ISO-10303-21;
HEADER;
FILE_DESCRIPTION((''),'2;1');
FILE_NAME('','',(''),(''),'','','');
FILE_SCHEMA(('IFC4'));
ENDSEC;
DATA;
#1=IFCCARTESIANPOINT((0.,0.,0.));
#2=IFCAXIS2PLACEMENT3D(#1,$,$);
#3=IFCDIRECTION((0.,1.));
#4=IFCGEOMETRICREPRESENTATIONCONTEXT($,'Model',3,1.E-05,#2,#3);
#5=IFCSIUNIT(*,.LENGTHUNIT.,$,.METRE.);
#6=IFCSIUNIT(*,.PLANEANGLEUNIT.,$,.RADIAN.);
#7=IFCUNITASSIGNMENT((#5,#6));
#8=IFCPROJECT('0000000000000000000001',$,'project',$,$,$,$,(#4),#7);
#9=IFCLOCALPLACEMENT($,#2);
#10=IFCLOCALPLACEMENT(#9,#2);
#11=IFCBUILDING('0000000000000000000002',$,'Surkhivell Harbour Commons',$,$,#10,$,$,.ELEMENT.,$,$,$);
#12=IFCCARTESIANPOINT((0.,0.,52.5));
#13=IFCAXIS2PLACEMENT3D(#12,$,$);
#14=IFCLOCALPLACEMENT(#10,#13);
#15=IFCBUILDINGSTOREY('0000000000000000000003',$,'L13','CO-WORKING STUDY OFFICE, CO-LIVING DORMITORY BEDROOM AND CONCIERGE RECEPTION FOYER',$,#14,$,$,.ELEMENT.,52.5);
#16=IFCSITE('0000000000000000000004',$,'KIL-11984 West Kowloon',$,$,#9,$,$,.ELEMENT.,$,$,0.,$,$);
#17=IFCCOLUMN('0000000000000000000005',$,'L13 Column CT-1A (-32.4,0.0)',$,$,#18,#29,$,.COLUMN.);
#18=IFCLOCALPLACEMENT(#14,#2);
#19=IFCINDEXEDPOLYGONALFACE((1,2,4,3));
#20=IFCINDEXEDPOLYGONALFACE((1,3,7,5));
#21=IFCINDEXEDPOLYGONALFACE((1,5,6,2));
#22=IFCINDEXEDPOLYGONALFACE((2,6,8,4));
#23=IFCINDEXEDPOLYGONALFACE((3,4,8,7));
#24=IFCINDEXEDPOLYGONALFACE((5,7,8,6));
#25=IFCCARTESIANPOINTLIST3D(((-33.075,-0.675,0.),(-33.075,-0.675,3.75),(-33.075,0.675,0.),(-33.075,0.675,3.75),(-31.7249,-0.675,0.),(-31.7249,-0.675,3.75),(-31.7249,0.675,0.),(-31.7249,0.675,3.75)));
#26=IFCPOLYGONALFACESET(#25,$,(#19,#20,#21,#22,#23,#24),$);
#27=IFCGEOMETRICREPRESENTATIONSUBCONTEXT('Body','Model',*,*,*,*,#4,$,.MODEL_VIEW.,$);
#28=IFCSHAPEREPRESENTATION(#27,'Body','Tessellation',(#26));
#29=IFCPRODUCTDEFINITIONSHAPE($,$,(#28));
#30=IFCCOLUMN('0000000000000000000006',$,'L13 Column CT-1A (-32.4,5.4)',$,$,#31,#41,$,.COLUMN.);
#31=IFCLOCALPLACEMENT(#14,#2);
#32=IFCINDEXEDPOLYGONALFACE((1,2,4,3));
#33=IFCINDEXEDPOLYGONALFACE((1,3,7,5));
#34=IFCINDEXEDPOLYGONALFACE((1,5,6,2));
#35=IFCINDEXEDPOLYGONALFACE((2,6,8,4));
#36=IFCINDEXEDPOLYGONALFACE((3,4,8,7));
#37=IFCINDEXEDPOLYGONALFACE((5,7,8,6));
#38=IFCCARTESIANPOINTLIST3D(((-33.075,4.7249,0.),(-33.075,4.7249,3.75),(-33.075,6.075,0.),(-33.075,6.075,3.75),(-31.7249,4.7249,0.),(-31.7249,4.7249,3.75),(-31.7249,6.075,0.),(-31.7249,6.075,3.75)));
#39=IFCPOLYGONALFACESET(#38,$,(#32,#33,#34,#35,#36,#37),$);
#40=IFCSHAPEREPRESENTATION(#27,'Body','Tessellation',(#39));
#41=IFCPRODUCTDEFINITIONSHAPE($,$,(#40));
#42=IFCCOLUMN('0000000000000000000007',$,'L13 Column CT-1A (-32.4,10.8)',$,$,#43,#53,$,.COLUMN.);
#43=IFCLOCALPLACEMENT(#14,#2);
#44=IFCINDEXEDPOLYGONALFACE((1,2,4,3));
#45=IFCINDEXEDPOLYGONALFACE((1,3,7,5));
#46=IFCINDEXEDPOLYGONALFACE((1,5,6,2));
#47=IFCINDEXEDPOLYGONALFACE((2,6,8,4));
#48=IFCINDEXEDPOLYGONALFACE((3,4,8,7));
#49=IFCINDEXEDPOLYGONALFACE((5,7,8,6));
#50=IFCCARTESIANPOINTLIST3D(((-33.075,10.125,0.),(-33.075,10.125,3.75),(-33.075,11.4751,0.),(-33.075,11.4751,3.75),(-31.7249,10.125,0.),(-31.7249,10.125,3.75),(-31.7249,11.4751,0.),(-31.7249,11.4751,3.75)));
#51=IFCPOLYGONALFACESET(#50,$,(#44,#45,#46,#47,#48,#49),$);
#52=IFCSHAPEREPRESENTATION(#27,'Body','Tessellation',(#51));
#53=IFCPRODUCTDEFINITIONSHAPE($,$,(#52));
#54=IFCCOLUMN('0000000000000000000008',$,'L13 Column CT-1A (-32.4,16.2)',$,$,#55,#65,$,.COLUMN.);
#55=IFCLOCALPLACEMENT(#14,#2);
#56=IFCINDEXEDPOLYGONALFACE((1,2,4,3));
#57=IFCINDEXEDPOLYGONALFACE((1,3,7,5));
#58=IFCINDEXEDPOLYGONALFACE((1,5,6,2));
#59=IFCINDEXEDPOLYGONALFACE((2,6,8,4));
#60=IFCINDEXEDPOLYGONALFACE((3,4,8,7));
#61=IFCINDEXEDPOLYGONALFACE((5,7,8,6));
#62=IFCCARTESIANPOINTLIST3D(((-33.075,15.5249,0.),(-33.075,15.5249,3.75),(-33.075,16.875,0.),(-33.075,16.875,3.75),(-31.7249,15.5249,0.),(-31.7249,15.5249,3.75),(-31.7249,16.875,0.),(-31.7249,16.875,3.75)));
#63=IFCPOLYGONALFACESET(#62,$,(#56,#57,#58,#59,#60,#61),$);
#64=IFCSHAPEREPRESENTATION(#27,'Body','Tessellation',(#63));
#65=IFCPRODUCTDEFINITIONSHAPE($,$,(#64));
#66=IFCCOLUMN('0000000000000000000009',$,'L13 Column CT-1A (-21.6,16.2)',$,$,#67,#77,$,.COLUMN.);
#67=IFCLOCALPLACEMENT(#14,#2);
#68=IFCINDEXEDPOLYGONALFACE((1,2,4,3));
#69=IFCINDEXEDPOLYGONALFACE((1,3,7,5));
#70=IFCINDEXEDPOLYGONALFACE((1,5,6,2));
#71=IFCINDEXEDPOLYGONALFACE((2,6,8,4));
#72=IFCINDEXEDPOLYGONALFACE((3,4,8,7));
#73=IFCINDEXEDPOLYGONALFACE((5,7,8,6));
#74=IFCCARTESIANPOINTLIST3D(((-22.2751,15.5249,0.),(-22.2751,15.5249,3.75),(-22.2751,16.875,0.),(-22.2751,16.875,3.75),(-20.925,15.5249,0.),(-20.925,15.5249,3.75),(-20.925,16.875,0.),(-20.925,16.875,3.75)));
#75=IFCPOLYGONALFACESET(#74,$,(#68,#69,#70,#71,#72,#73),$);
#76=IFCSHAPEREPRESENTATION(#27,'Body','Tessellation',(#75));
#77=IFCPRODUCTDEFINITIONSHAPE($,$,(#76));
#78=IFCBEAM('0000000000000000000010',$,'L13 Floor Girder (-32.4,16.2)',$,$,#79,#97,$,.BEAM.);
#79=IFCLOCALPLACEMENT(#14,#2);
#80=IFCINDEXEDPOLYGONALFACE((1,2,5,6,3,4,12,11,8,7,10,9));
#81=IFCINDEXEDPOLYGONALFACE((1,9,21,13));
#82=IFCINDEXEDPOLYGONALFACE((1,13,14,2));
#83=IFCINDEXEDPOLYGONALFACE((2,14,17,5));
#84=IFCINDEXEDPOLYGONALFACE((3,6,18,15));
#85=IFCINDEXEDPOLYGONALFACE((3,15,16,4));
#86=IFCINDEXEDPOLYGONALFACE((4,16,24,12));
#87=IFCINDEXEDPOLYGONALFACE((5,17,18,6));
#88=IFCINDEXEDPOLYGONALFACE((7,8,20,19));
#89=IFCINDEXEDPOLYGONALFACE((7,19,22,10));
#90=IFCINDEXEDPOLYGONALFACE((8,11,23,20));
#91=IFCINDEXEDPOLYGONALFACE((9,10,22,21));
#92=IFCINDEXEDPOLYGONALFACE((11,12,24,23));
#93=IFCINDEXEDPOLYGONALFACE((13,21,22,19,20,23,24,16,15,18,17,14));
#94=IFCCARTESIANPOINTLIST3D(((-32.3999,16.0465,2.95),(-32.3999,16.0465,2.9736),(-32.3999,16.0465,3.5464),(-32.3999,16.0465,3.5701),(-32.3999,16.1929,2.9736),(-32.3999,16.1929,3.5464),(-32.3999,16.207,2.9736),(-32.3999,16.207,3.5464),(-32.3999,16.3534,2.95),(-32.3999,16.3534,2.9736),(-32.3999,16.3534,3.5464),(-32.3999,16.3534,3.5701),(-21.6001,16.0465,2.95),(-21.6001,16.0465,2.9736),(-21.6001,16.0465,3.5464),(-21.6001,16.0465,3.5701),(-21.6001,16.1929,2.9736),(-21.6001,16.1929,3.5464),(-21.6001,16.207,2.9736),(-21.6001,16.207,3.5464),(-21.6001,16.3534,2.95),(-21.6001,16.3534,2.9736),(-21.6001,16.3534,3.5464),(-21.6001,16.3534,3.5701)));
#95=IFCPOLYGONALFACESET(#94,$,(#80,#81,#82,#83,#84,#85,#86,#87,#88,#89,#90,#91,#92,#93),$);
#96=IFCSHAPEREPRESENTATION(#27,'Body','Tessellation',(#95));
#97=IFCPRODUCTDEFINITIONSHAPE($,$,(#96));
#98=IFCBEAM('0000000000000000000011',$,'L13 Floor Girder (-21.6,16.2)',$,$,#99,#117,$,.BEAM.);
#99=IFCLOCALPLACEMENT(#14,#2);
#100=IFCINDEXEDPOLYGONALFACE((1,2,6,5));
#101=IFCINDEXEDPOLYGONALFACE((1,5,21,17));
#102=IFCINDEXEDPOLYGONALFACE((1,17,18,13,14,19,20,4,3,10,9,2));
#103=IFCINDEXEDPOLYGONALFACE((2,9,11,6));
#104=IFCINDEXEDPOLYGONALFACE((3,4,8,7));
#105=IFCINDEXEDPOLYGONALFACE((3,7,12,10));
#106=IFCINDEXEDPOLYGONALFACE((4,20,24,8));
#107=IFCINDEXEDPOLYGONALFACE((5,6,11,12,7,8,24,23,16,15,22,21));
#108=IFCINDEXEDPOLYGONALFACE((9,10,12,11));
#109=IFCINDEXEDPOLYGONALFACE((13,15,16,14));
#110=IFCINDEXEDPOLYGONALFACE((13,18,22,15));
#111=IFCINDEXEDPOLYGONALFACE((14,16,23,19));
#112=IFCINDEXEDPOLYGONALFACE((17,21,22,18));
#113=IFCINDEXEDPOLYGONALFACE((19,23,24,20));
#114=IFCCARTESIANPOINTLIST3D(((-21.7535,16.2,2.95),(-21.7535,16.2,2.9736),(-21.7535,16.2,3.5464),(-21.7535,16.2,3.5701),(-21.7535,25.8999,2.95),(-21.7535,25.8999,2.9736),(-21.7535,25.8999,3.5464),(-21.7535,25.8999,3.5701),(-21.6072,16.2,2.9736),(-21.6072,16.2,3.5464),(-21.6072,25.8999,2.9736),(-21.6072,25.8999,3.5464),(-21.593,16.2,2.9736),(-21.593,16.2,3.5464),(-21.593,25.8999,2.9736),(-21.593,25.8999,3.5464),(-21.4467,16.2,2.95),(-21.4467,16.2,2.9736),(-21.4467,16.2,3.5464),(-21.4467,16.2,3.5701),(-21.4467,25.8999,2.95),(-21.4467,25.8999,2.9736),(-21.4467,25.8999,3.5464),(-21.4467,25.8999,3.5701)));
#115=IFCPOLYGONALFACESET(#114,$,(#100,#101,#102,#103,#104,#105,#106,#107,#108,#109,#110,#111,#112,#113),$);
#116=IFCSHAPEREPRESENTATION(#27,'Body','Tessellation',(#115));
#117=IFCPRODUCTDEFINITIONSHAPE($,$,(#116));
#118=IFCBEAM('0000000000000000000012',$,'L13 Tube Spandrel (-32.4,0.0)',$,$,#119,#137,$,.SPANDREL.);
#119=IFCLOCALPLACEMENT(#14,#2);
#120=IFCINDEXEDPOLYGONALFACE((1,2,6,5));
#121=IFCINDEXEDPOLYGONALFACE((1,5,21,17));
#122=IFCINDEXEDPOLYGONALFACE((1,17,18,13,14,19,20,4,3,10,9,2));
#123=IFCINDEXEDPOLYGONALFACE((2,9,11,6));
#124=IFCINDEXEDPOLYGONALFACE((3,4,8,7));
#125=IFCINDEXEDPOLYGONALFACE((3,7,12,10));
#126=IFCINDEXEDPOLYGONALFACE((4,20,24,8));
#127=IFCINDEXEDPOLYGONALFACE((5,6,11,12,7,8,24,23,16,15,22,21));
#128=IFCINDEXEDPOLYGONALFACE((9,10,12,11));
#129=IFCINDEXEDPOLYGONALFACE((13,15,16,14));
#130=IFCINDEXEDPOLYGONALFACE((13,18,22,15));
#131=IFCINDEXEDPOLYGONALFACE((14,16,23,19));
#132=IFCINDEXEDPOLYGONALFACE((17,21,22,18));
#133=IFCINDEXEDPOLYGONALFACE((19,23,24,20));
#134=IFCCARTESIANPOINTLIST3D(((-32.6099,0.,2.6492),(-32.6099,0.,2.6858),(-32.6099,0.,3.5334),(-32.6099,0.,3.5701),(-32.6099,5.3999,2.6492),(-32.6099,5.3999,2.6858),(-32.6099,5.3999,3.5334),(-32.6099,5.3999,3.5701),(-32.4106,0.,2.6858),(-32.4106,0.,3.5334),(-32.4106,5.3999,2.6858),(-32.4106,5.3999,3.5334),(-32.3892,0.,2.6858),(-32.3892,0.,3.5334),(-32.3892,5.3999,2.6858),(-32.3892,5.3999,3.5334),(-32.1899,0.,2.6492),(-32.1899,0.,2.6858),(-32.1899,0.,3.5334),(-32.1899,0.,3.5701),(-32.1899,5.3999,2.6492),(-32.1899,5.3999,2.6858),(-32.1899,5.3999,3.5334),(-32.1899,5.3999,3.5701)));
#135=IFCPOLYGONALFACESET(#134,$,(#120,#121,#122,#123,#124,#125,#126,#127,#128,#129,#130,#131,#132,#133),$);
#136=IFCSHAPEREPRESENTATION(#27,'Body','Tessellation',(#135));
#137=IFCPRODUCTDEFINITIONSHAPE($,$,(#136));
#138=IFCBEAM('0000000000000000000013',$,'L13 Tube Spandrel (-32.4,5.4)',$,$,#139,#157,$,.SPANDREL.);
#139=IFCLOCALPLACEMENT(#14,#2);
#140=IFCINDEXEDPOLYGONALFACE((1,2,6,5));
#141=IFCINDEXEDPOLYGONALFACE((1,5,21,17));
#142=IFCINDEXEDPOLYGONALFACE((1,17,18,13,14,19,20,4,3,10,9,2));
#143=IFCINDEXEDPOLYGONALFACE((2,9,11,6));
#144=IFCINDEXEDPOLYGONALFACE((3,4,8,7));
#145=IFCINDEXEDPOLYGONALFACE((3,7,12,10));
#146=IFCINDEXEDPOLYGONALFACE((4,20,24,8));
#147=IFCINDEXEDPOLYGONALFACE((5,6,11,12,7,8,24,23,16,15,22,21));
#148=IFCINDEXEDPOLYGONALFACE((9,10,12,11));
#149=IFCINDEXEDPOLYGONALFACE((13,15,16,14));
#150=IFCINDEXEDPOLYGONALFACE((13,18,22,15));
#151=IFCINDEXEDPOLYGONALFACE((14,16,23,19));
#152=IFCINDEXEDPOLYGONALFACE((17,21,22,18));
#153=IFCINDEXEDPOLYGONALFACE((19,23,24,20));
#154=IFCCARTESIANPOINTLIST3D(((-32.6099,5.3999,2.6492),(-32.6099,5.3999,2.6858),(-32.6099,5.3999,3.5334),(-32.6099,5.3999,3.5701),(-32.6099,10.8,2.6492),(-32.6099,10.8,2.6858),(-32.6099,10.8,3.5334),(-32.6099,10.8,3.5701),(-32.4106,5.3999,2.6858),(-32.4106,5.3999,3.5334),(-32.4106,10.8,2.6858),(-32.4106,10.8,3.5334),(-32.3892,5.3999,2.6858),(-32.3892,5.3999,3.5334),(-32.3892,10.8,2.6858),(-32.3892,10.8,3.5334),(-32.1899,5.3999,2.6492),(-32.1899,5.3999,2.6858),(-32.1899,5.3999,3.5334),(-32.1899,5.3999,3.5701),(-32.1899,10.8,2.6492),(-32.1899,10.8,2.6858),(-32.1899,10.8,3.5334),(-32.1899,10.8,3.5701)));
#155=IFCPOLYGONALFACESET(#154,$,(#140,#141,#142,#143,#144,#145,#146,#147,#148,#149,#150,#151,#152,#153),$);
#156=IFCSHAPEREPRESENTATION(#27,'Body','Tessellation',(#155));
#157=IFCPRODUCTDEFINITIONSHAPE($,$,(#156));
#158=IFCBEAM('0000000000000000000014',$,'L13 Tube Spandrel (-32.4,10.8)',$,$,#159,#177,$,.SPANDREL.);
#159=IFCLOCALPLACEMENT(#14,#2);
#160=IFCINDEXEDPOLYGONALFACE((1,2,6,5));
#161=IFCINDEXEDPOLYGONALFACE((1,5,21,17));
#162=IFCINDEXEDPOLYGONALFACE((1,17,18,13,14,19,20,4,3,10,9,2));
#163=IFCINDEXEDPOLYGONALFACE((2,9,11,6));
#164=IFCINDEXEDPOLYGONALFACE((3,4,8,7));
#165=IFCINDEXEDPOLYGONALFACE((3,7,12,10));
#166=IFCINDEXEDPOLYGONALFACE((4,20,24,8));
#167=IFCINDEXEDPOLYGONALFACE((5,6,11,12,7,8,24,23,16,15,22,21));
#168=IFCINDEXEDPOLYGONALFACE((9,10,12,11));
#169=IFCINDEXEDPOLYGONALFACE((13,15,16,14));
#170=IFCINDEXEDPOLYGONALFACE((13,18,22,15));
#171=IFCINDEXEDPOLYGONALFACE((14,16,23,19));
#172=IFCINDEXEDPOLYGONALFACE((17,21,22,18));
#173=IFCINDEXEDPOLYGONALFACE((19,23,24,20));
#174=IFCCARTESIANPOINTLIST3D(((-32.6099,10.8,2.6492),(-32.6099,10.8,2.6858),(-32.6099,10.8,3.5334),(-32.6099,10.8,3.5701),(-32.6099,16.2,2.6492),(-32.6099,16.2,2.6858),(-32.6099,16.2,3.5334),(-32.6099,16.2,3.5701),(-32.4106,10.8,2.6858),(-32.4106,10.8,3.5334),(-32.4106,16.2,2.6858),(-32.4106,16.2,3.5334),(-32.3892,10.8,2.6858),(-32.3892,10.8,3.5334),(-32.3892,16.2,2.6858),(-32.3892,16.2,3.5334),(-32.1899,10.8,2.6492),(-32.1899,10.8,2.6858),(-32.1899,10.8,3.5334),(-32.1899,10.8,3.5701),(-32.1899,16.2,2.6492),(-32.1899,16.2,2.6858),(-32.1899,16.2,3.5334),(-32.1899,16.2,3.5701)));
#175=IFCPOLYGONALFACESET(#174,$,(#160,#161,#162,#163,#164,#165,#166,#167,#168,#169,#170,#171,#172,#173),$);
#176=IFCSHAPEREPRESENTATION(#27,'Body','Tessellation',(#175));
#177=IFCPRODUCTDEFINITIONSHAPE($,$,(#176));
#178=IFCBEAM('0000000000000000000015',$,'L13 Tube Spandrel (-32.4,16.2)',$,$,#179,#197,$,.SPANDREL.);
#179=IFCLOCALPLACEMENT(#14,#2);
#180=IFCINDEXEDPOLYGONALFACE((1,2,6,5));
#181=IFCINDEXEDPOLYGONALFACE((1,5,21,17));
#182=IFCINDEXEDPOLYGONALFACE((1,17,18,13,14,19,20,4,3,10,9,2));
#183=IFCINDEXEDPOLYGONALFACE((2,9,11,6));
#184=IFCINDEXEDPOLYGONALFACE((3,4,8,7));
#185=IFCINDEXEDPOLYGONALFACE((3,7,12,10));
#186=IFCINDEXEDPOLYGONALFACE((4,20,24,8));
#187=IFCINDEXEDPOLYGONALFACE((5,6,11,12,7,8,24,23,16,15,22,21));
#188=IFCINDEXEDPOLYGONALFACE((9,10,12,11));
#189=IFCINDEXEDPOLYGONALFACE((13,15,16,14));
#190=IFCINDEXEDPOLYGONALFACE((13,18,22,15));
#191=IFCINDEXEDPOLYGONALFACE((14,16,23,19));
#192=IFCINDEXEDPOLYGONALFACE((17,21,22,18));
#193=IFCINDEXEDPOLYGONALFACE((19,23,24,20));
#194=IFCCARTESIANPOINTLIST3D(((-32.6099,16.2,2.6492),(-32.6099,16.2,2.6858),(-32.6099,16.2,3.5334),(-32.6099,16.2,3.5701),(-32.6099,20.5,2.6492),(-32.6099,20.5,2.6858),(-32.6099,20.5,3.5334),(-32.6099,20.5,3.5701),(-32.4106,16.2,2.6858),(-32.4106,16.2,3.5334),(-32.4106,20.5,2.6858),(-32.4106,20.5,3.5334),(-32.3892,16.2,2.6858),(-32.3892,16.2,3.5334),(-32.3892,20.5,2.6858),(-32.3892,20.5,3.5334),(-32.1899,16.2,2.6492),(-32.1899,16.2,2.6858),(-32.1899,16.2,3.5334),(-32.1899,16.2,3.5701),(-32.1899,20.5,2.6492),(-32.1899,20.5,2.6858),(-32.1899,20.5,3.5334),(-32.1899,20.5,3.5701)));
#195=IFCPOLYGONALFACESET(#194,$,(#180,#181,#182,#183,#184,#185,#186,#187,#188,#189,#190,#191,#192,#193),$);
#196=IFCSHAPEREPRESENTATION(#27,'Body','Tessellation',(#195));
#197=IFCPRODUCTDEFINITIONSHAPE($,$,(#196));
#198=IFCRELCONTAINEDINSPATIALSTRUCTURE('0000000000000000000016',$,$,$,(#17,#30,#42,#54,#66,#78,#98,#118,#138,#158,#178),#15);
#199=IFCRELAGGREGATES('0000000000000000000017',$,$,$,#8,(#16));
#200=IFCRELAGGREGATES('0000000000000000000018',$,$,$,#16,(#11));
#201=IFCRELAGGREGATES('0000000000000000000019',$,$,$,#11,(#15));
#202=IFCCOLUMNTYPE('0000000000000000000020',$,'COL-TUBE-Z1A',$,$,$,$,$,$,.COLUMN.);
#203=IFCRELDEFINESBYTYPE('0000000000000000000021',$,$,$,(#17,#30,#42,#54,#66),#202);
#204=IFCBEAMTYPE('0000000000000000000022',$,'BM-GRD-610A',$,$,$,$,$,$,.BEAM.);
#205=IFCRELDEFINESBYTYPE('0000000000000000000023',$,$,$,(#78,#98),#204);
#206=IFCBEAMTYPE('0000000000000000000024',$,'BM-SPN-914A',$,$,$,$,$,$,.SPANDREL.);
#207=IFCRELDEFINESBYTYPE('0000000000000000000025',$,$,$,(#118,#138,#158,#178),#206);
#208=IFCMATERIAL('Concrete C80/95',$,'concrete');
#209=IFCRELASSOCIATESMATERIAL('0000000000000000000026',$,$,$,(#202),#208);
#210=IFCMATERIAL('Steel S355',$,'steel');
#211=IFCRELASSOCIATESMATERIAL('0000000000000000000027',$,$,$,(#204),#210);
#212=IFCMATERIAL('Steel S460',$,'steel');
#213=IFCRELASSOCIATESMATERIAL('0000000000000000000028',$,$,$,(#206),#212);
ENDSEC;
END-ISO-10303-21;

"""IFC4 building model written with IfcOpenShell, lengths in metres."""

from ifc_helpers import new_model, si_unit, direction, frame, origin, origin_2d, place, context, subcontext, project, spatial, rectangle, i_section, extrude, material, material_profile, profile_set, type_object, element, save


model = new_model("IFC4")

# Units and contexts
model_context = context("Model", 3, precision=1e-05, world=origin(), true_north=direction((0.0, 1.0)))
body_context = subcontext(model_context, "Body", "Model", "MODEL_VIEW")
ifc_project = project(units=[si_unit("LENGTHUNIT", "METRE"), si_unit("PLANEANGLEUNIT", "RADIAN")], contexts=[model_context])

# Site, building, storey
site_placement = place(None, origin())
site = spatial("IfcSite", under=ifc_project, at=site_placement, Name="KIL-11984 West Kowloon", CompositionType="ELEMENT", RefElevation=0.0)
building_placement = place(site_placement, origin())
building = spatial("IfcBuilding", under=site, at=building_placement, Name="Surkhivell Harbour Commons", CompositionType="ELEMENT")
storey_placement = place(building_placement, frame((0.0, 0.0, 52.5)))
storey = spatial("IfcBuildingStorey", under=building, at=storey_placement, Name="L13", Description="CO-WORKING STUDY OFFICE, CO-LIVING DORMITORY BEDROOM AND CONCIERGE RECEPTION FOYER", CompositionType="ELEMENT", Elevation=52.5)

# Columns
ifc_material_1 = material(Name="Concrete C80/95", Category="concrete")
ifc_material_profile_1 = material_profile(ifc_material_1, rectangle(XDim=1.3501, YDim=1.3501, at=origin_2d()), Name="RC-COL-1350x1350")
ifc_profile_set_1 = profile_set([ifc_material_profile_1], Name="Concrete C80/95")
column_type = type_object("IfcColumnType", Name="COL-TUBE-Z1A", PredefinedType="COLUMN", material=ifc_profile_set_1)
for number, where, z_axis, x_axis, name in (
    (1, (-32.3999, 0.0, 0.0), (0.0, 0.0, 1.0), (1.0, 0.0, 0.0), "L13 Column CT-1A (-32.4,0.0)"),
    (2, (-32.3999, 5.3999, 0.0), (0.0, 0.0, 1.0), (1.0, 0.0, 0.0), "L13 Column CT-1A (-32.4,5.4)"),
    (3, (-32.3999, 10.8, 0.0), (0.0, 0.0, 1.0), (1.0, 0.0, 0.0), "L13 Column CT-1A (-32.4,10.8)"),
    (4, (-32.3999, 16.2, 0.0), (0.0, 0.0, 1.0), (1.0, 0.0, 0.0), "L13 Column CT-1A (-32.4,16.2)"),
    (5, (-21.6001, 16.2, 0.0), (0.0, 0.0, 1.0), (1.0, 0.0, 0.0), "L13 Column CT-1A (-21.6,16.2)"),
):
    element("IfcColumn", number, at=place(storey_placement, frame(where, z_axis=z_axis, x_axis=x_axis)), inside=storey, type_object=column_type, Name=name, PredefinedType="COLUMN", context=body_context, shape_type="SweptSolid", body=[
        extrude(rectangle(XDim=1.3501, YDim=1.3501, at=origin_2d()), origin(), (0.0, 0.0, 1.0), 3.75),
    ])

# Beams
ifc_material_2 = material(Name="Steel S355", Category="steel")
ifc_material_profile_2 = material_profile(ifc_material_2, i_section(OverallWidth=0.3069, OverallDepth=0.6201, WebThickness=0.0142, FlangeThickness=0.0237, at=origin_2d()), Name="UB610x305x179")
ifc_profile_set_2 = profile_set([ifc_material_profile_2], Name="Steel S355")
beam_type_1 = type_object("IfcBeamType", Name="BM-GRD-610A", PredefinedType="BEAM", material=ifc_profile_set_2)
beam_1_placement = place(storey_placement, frame((-32.3999, 16.2, 3.26), z_axis=(1.0, 0.0, 0.0), x_axis=(0.0, 1.0, 0.0)))
element("IfcBeam", 6, at=beam_1_placement, inside=storey, type_object=beam_type_1, Name="L13 Floor Girder (-32.4,16.2)", PredefinedType="BEAM", context=body_context, shape_type="SweptSolid", body=[
    extrude(i_section(OverallWidth=0.3069, OverallDepth=0.6201, WebThickness=0.0142, FlangeThickness=0.0237, at=origin_2d()), origin(), (0.0, 0.0, 1.0), 10.7998),
])
beam_2_placement = place(storey_placement, frame((-21.6001, 16.2, 3.26), z_axis=(0.0, 1.0, 0.0), x_axis=(-1.0, 0.0, 0.0)))
element("IfcBeam", 7, at=beam_2_placement, inside=storey, type_object=beam_type_1, Name="L13 Floor Girder (-21.6,16.2)", PredefinedType="BEAM", context=body_context, shape_type="SweptSolid", body=[
    extrude(i_section(OverallWidth=0.3069, OverallDepth=0.6201, WebThickness=0.0142, FlangeThickness=0.0237, at=origin_2d()), origin(), (0.0, 0.0, 1.0), 9.7),
])
ifc_material_3 = material(Name="Steel S460", Category="steel")
ifc_material_profile_3 = material_profile(ifc_material_3, i_section(OverallWidth=0.4199, OverallDepth=0.9209, WebThickness=0.0215, FlangeThickness=0.0366, at=origin_2d()), Name="UB914x419x388")
ifc_profile_set_3 = profile_set([ifc_material_profile_3], Name="Steel S460")
beam_type_2 = type_object("IfcBeamType", Name="BM-SPN-914A", PredefinedType="SPANDREL", material=ifc_profile_set_3)
beam_3_placement = place(storey_placement, frame((-32.3999, 0.0, 3.1096), z_axis=(0.0, 1.0, 0.0), x_axis=(-1.0, 0.0, 0.0)))
element("IfcBeam", 8, at=beam_3_placement, inside=storey, type_object=beam_type_2, Name="L13 Tube Spandrel (-32.4,0.0)", PredefinedType="SPANDREL", context=body_context, shape_type="SweptSolid", body=[
    extrude(i_section(OverallWidth=0.4199, OverallDepth=0.9209, WebThickness=0.0215, FlangeThickness=0.0366, at=origin_2d()), origin(), (0.0, 0.0, 1.0), 5.3999),
])
beam_4_placement = place(storey_placement, frame((-32.3999, 5.3999, 3.1096), z_axis=(0.0, 1.0, 0.0), x_axis=(-1.0, 0.0, 0.0)))
element("IfcBeam", 9, at=beam_4_placement, inside=storey, type_object=beam_type_2, Name="L13 Tube Spandrel (-32.4,5.4)", PredefinedType="SPANDREL", context=body_context, shape_type="SweptSolid", body=[
    extrude(i_section(OverallWidth=0.4199, OverallDepth=0.9209, WebThickness=0.0215, FlangeThickness=0.0366, at=origin_2d()), origin(), (0.0, 0.0, 1.0), 5.4001),
])
beam_5_placement = place(storey_placement, frame((-32.3999, 10.8, 3.1096), z_axis=(0.0, 1.0, 0.0), x_axis=(-1.0, 0.0, 0.0)))
element("IfcBeam", 10, at=beam_5_placement, inside=storey, type_object=beam_type_2, Name="L13 Tube Spandrel (-32.4,10.8)", PredefinedType="SPANDREL", context=body_context, shape_type="SweptSolid", body=[
    extrude(i_section(OverallWidth=0.4199, OverallDepth=0.9209, WebThickness=0.0215, FlangeThickness=0.0366, at=origin_2d()), origin(), (0.0, 0.0, 1.0), 5.3999),
])
beam_6_placement = place(storey_placement, frame((-32.3999, 16.2, 3.1096), z_axis=(0.0, 1.0, 0.0), x_axis=(-1.0, 0.0, 0.0)))
element("IfcBeam", 11, at=beam_6_placement, inside=storey, type_object=beam_type_2, Name="L13 Tube Spandrel (-32.4,16.2)", PredefinedType="SPANDREL", context=body_context, shape_type="SweptSolid", body=[
    extrude(i_section(OverallWidth=0.4199, OverallDepth=0.9209, WebThickness=0.0215, FlangeThickness=0.0366, at=origin_2d()), origin(), (0.0, 0.0, 1.0), 4.3),
])

save(model, "model.ifc")
